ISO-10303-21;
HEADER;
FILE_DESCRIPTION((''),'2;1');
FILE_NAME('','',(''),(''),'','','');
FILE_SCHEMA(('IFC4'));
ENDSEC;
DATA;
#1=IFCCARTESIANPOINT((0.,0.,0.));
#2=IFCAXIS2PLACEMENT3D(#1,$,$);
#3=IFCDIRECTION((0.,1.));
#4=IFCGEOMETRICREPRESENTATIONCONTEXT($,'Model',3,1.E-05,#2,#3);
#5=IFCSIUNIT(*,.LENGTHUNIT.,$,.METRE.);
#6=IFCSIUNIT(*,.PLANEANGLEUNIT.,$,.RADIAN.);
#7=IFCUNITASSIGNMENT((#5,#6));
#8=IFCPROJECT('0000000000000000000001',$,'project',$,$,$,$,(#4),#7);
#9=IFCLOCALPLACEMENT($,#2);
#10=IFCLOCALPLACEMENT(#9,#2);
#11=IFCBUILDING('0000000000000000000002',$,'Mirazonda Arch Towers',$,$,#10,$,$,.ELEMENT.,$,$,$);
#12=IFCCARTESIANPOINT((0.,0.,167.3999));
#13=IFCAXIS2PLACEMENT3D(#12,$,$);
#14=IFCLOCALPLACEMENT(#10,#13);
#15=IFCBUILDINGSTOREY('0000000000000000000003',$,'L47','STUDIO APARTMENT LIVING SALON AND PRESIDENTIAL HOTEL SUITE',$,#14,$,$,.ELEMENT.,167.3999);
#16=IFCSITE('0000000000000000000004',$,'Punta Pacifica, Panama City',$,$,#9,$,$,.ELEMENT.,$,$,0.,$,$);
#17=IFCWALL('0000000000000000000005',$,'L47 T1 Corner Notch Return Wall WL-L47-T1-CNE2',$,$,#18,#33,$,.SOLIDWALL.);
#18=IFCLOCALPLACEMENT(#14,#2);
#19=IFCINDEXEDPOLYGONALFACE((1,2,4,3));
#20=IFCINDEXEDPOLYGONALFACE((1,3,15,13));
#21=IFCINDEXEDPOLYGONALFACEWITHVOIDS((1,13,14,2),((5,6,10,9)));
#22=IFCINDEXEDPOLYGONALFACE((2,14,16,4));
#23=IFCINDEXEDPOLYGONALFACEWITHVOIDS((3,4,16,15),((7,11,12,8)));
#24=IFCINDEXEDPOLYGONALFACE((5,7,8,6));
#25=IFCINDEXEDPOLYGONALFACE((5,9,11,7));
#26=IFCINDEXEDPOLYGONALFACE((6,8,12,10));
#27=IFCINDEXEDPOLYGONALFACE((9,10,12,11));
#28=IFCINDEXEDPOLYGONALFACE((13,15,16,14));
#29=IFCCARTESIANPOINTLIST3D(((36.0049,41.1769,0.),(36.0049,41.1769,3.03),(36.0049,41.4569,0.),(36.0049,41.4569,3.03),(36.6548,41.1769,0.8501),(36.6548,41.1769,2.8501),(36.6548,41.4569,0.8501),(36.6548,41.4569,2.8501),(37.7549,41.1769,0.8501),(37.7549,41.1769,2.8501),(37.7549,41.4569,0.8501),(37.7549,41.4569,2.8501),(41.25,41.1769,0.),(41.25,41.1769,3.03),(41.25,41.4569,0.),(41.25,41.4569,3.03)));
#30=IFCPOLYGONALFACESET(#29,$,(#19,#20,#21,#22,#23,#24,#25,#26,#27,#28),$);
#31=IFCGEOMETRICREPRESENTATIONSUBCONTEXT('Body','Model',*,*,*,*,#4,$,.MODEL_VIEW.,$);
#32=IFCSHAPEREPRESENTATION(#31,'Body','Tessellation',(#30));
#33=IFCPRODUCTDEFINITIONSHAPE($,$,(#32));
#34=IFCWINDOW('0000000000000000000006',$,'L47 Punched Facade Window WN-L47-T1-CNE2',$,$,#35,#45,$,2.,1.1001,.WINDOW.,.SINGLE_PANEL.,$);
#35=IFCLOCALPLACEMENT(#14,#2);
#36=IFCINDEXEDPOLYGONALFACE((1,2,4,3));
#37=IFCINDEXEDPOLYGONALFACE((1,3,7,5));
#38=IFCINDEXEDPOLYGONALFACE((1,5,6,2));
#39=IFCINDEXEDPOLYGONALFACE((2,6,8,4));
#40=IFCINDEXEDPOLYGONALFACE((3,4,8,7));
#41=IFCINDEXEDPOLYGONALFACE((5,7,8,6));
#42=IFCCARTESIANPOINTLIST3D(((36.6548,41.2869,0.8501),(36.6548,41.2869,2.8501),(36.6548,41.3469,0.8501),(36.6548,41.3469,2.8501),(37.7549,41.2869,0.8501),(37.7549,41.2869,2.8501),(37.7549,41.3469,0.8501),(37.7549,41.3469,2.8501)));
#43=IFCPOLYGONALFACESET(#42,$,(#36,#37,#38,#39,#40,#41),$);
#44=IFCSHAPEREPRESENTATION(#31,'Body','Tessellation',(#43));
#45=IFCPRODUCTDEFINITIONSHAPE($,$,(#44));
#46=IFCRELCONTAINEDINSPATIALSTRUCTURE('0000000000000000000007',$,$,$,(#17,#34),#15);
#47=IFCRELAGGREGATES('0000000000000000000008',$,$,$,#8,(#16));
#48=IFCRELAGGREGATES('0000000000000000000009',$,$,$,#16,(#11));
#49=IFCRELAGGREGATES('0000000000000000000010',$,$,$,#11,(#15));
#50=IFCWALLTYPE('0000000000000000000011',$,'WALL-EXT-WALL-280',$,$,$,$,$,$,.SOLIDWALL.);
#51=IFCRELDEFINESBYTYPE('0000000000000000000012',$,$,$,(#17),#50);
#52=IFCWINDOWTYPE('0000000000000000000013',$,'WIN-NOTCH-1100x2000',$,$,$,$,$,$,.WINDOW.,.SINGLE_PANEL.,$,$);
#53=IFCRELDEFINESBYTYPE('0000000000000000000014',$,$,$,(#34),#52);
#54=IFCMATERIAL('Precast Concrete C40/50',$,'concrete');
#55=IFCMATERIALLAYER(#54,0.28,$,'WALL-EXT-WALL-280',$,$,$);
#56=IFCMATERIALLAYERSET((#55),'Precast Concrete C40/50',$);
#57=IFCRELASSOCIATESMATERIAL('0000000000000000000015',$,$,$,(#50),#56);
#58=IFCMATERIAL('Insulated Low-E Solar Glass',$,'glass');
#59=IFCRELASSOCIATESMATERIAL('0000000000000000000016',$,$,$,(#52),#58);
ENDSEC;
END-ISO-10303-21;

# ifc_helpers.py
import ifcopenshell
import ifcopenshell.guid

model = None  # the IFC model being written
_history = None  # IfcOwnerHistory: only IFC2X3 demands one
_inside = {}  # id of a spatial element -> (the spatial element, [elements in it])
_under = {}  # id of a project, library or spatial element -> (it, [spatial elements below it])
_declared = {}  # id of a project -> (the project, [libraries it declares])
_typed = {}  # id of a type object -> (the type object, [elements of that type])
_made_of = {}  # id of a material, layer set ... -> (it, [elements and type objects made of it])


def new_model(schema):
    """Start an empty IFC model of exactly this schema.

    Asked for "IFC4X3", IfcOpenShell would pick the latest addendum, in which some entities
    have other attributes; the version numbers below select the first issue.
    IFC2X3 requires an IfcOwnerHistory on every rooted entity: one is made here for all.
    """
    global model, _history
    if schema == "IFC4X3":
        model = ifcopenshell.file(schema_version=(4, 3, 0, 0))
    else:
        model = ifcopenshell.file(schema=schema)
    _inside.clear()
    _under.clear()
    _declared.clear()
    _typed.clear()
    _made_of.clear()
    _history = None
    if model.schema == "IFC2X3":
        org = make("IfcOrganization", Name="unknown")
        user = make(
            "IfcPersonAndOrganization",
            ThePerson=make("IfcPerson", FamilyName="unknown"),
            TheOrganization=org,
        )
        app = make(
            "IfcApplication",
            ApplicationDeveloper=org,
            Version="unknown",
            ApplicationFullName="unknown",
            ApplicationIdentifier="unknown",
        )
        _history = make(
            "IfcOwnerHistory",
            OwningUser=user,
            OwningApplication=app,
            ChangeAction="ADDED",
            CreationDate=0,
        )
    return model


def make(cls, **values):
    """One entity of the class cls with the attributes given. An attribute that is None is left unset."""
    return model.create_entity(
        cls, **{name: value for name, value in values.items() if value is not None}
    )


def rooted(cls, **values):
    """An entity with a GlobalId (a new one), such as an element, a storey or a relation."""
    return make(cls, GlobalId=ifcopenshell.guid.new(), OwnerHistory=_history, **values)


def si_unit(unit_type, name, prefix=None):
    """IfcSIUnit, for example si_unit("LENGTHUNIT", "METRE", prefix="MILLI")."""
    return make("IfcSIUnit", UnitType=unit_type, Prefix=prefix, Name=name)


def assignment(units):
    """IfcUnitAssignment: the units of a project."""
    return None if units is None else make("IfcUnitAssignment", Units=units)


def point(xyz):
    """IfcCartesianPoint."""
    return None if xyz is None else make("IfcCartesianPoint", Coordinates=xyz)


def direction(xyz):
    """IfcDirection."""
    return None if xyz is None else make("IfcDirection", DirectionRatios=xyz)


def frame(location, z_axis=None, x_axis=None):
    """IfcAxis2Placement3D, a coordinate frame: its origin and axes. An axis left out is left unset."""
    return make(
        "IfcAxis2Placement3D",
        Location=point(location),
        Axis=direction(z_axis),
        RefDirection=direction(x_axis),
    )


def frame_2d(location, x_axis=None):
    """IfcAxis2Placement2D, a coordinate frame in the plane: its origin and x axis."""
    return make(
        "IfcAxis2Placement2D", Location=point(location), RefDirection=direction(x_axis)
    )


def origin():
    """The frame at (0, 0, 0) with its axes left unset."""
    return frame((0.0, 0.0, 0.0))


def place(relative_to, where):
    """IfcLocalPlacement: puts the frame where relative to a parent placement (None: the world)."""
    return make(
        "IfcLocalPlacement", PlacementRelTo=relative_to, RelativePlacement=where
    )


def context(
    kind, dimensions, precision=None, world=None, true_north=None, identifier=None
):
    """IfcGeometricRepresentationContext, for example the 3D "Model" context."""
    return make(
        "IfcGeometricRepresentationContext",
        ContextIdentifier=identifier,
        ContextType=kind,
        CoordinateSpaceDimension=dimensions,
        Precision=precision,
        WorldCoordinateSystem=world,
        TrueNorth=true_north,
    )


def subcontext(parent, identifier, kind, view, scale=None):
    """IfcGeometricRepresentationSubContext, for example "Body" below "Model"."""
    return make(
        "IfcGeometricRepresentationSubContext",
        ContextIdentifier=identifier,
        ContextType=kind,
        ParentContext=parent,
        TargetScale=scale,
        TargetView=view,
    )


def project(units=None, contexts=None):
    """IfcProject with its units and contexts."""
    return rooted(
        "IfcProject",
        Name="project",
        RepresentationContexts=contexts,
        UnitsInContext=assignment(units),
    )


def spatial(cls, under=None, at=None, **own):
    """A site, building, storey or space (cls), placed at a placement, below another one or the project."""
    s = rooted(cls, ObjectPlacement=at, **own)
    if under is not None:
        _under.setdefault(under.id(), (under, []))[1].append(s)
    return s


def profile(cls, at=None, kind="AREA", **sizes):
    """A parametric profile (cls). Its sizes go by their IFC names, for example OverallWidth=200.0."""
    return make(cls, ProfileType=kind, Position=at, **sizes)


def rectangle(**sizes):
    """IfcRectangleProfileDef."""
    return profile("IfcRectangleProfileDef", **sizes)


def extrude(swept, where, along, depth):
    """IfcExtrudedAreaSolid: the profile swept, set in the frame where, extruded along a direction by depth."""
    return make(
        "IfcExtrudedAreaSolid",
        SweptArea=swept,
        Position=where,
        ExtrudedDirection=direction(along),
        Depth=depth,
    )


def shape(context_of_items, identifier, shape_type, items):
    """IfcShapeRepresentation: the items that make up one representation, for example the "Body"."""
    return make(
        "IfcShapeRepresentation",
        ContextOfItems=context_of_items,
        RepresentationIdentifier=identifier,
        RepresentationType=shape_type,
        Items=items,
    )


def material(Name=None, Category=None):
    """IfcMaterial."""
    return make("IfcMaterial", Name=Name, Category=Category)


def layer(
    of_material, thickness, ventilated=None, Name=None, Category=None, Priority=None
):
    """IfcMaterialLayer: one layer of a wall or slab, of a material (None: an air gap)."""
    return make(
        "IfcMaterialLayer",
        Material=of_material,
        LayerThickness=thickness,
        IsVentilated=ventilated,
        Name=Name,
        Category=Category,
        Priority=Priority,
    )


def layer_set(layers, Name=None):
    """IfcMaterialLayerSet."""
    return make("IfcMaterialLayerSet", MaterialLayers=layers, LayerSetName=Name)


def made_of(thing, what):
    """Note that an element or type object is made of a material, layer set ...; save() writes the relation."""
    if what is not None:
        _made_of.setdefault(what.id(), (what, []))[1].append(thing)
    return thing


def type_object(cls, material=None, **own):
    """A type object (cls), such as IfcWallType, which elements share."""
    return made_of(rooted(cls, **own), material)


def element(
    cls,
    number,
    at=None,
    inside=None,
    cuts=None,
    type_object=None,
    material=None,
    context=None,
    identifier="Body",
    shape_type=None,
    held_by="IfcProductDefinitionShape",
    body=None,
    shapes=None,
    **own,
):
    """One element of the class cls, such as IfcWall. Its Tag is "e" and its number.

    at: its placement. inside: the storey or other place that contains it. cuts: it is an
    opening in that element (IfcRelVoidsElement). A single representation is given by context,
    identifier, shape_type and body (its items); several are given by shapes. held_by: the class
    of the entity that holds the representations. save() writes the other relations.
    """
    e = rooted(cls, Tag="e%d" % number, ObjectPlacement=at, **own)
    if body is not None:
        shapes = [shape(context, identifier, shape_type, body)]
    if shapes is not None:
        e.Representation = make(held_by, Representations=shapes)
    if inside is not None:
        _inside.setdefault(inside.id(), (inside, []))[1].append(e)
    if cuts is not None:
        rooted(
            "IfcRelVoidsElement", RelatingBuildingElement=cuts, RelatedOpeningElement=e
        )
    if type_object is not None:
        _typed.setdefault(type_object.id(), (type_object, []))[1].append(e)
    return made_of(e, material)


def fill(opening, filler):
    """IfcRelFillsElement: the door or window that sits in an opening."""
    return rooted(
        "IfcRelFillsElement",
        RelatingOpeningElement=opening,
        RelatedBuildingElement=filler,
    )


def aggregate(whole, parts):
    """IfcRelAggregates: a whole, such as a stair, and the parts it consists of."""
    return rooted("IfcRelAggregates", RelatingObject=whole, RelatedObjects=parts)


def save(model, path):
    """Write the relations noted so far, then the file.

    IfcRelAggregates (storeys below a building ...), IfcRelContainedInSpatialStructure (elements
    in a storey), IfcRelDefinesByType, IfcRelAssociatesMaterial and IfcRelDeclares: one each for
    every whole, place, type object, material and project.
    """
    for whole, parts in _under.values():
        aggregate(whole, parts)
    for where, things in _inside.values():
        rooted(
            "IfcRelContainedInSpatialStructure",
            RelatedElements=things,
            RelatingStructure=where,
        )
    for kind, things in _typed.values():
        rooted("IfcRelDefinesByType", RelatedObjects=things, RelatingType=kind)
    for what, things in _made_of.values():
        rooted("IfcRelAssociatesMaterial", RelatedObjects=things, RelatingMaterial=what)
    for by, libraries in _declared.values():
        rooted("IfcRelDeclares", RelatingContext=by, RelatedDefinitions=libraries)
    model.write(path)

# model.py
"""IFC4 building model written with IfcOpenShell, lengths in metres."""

from ifc_helpers import new_model, si_unit, direction, frame, frame_2d, origin, place, context, subcontext, project, spatial, rectangle, extrude, material, layer, layer_set, type_object, element, fill, save


model = new_model("IFC4")

# Units and contexts
model_context = context("Model", 3, precision=1e-05, world=origin(), true_north=direction((0.0, 1.0)))
body_context = subcontext(model_context, "Body", "Model", "MODEL_VIEW")
ifc_project = project(units=[si_unit("LENGTHUNIT", "METRE"), si_unit("PLANEANGLEUNIT", "RADIAN")], contexts=[model_context])

# Site, building, storey
site_placement = place(None, origin())
site = spatial("IfcSite", under=ifc_project, at=site_placement, Name="Punta Pacifica, Panama City", CompositionType="ELEMENT", RefElevation=0.0)
building_placement = place(site_placement, origin())
building = spatial("IfcBuilding", under=site, at=building_placement, Name="Mirazonda Arch Towers", CompositionType="ELEMENT")
storey_placement = place(building_placement, frame((0.0, 0.0, 167.3999)))
storey = spatial("IfcBuildingStorey", under=building, at=storey_placement, Name="L47", Description="STUDIO APARTMENT LIVING SALON AND PRESIDENTIAL HOTEL SUITE", CompositionType="ELEMENT", Elevation=167.3999)

# Shared definitions
ifc_material_1 = material(Name="Insulated Low-E Solar Glass", Category="glass")

# Wall, opening, window
ifc_material_2 = material(Name="Precast Concrete C40/50", Category="concrete")
ifc_layer_1 = layer(ifc_material_2, 0.28, Name="WALL-EXT-WALL-280")
ifc_layer_set_1 = layer_set([ifc_layer_1], Name="Precast Concrete C40/50")
wall_type = type_object("IfcWallType", Name="WALL-EXT-WALL-280", PredefinedType="SOLIDWALL", material=ifc_layer_set_1)
wall_placement = place(storey_placement, frame((41.25, 41.3169, 0.0), z_axis=(0.0, 0.0, 1.0), x_axis=(-1.0, 0.0, 0.0)))
wall = element("IfcWall", 1, at=wall_placement, inside=storey, type_object=wall_type, Name="L47 T1 Corner Notch Return Wall WL-L47-T1-CNE2", PredefinedType="SOLIDWALL", context=body_context, shape_type="SweptSolid", body=[
    extrude(rectangle(XDim=5.2451, YDim=0.28, at=frame_2d((2.6226, 0.0))), origin(), (0.0, 0.0, 1.0), 3.03),
])
opening_placement = place(wall_placement, frame((3.4951, 0.0, 0.8501)))
opening = element("IfcOpeningElement", 2, at=opening_placement, cuts=wall, PredefinedType="OPENING", context=body_context, shape_type="SweptSolid", body=[
    extrude(rectangle(XDim=1.1001, YDim=2.0, at=frame_2d((0.55, 1.0))), frame((0.0, 0.1499, 0.0), z_axis=(0.0, -1.0, 0.0), x_axis=(1.0, 0.0, 0.0)), (0.0, 0.0, 1.0), 0.3),
])
window_type = type_object("IfcWindowType", Name="WIN-NOTCH-1100x2000", PartitioningType="SINGLE_PANEL", PredefinedType="WINDOW", material=ifc_material_1)
window_placement = place(opening_placement, origin())
window = element("IfcWindow", 3, at=window_placement, inside=storey, type_object=window_type, Name="L47 Punched Facade Window WN-L47-T1-CNE2", OverallHeight=2.0, OverallWidth=1.1001, PartitioningType="SINGLE_PANEL", PredefinedType="WINDOW", context=body_context, shape_type="SweptSolid", body=[
    extrude(rectangle(XDim=1.1001, YDim=2.0, at=frame_2d((0.55, 1.0))), frame((0.0, 0.03, 0.0), z_axis=(0.0, -1.0, 0.0), x_axis=(1.0, 0.0, 0.0)), (0.0, 0.0, 1.0), 0.0601),
])
fill(opening, window)

save(model, "model.ifc")
